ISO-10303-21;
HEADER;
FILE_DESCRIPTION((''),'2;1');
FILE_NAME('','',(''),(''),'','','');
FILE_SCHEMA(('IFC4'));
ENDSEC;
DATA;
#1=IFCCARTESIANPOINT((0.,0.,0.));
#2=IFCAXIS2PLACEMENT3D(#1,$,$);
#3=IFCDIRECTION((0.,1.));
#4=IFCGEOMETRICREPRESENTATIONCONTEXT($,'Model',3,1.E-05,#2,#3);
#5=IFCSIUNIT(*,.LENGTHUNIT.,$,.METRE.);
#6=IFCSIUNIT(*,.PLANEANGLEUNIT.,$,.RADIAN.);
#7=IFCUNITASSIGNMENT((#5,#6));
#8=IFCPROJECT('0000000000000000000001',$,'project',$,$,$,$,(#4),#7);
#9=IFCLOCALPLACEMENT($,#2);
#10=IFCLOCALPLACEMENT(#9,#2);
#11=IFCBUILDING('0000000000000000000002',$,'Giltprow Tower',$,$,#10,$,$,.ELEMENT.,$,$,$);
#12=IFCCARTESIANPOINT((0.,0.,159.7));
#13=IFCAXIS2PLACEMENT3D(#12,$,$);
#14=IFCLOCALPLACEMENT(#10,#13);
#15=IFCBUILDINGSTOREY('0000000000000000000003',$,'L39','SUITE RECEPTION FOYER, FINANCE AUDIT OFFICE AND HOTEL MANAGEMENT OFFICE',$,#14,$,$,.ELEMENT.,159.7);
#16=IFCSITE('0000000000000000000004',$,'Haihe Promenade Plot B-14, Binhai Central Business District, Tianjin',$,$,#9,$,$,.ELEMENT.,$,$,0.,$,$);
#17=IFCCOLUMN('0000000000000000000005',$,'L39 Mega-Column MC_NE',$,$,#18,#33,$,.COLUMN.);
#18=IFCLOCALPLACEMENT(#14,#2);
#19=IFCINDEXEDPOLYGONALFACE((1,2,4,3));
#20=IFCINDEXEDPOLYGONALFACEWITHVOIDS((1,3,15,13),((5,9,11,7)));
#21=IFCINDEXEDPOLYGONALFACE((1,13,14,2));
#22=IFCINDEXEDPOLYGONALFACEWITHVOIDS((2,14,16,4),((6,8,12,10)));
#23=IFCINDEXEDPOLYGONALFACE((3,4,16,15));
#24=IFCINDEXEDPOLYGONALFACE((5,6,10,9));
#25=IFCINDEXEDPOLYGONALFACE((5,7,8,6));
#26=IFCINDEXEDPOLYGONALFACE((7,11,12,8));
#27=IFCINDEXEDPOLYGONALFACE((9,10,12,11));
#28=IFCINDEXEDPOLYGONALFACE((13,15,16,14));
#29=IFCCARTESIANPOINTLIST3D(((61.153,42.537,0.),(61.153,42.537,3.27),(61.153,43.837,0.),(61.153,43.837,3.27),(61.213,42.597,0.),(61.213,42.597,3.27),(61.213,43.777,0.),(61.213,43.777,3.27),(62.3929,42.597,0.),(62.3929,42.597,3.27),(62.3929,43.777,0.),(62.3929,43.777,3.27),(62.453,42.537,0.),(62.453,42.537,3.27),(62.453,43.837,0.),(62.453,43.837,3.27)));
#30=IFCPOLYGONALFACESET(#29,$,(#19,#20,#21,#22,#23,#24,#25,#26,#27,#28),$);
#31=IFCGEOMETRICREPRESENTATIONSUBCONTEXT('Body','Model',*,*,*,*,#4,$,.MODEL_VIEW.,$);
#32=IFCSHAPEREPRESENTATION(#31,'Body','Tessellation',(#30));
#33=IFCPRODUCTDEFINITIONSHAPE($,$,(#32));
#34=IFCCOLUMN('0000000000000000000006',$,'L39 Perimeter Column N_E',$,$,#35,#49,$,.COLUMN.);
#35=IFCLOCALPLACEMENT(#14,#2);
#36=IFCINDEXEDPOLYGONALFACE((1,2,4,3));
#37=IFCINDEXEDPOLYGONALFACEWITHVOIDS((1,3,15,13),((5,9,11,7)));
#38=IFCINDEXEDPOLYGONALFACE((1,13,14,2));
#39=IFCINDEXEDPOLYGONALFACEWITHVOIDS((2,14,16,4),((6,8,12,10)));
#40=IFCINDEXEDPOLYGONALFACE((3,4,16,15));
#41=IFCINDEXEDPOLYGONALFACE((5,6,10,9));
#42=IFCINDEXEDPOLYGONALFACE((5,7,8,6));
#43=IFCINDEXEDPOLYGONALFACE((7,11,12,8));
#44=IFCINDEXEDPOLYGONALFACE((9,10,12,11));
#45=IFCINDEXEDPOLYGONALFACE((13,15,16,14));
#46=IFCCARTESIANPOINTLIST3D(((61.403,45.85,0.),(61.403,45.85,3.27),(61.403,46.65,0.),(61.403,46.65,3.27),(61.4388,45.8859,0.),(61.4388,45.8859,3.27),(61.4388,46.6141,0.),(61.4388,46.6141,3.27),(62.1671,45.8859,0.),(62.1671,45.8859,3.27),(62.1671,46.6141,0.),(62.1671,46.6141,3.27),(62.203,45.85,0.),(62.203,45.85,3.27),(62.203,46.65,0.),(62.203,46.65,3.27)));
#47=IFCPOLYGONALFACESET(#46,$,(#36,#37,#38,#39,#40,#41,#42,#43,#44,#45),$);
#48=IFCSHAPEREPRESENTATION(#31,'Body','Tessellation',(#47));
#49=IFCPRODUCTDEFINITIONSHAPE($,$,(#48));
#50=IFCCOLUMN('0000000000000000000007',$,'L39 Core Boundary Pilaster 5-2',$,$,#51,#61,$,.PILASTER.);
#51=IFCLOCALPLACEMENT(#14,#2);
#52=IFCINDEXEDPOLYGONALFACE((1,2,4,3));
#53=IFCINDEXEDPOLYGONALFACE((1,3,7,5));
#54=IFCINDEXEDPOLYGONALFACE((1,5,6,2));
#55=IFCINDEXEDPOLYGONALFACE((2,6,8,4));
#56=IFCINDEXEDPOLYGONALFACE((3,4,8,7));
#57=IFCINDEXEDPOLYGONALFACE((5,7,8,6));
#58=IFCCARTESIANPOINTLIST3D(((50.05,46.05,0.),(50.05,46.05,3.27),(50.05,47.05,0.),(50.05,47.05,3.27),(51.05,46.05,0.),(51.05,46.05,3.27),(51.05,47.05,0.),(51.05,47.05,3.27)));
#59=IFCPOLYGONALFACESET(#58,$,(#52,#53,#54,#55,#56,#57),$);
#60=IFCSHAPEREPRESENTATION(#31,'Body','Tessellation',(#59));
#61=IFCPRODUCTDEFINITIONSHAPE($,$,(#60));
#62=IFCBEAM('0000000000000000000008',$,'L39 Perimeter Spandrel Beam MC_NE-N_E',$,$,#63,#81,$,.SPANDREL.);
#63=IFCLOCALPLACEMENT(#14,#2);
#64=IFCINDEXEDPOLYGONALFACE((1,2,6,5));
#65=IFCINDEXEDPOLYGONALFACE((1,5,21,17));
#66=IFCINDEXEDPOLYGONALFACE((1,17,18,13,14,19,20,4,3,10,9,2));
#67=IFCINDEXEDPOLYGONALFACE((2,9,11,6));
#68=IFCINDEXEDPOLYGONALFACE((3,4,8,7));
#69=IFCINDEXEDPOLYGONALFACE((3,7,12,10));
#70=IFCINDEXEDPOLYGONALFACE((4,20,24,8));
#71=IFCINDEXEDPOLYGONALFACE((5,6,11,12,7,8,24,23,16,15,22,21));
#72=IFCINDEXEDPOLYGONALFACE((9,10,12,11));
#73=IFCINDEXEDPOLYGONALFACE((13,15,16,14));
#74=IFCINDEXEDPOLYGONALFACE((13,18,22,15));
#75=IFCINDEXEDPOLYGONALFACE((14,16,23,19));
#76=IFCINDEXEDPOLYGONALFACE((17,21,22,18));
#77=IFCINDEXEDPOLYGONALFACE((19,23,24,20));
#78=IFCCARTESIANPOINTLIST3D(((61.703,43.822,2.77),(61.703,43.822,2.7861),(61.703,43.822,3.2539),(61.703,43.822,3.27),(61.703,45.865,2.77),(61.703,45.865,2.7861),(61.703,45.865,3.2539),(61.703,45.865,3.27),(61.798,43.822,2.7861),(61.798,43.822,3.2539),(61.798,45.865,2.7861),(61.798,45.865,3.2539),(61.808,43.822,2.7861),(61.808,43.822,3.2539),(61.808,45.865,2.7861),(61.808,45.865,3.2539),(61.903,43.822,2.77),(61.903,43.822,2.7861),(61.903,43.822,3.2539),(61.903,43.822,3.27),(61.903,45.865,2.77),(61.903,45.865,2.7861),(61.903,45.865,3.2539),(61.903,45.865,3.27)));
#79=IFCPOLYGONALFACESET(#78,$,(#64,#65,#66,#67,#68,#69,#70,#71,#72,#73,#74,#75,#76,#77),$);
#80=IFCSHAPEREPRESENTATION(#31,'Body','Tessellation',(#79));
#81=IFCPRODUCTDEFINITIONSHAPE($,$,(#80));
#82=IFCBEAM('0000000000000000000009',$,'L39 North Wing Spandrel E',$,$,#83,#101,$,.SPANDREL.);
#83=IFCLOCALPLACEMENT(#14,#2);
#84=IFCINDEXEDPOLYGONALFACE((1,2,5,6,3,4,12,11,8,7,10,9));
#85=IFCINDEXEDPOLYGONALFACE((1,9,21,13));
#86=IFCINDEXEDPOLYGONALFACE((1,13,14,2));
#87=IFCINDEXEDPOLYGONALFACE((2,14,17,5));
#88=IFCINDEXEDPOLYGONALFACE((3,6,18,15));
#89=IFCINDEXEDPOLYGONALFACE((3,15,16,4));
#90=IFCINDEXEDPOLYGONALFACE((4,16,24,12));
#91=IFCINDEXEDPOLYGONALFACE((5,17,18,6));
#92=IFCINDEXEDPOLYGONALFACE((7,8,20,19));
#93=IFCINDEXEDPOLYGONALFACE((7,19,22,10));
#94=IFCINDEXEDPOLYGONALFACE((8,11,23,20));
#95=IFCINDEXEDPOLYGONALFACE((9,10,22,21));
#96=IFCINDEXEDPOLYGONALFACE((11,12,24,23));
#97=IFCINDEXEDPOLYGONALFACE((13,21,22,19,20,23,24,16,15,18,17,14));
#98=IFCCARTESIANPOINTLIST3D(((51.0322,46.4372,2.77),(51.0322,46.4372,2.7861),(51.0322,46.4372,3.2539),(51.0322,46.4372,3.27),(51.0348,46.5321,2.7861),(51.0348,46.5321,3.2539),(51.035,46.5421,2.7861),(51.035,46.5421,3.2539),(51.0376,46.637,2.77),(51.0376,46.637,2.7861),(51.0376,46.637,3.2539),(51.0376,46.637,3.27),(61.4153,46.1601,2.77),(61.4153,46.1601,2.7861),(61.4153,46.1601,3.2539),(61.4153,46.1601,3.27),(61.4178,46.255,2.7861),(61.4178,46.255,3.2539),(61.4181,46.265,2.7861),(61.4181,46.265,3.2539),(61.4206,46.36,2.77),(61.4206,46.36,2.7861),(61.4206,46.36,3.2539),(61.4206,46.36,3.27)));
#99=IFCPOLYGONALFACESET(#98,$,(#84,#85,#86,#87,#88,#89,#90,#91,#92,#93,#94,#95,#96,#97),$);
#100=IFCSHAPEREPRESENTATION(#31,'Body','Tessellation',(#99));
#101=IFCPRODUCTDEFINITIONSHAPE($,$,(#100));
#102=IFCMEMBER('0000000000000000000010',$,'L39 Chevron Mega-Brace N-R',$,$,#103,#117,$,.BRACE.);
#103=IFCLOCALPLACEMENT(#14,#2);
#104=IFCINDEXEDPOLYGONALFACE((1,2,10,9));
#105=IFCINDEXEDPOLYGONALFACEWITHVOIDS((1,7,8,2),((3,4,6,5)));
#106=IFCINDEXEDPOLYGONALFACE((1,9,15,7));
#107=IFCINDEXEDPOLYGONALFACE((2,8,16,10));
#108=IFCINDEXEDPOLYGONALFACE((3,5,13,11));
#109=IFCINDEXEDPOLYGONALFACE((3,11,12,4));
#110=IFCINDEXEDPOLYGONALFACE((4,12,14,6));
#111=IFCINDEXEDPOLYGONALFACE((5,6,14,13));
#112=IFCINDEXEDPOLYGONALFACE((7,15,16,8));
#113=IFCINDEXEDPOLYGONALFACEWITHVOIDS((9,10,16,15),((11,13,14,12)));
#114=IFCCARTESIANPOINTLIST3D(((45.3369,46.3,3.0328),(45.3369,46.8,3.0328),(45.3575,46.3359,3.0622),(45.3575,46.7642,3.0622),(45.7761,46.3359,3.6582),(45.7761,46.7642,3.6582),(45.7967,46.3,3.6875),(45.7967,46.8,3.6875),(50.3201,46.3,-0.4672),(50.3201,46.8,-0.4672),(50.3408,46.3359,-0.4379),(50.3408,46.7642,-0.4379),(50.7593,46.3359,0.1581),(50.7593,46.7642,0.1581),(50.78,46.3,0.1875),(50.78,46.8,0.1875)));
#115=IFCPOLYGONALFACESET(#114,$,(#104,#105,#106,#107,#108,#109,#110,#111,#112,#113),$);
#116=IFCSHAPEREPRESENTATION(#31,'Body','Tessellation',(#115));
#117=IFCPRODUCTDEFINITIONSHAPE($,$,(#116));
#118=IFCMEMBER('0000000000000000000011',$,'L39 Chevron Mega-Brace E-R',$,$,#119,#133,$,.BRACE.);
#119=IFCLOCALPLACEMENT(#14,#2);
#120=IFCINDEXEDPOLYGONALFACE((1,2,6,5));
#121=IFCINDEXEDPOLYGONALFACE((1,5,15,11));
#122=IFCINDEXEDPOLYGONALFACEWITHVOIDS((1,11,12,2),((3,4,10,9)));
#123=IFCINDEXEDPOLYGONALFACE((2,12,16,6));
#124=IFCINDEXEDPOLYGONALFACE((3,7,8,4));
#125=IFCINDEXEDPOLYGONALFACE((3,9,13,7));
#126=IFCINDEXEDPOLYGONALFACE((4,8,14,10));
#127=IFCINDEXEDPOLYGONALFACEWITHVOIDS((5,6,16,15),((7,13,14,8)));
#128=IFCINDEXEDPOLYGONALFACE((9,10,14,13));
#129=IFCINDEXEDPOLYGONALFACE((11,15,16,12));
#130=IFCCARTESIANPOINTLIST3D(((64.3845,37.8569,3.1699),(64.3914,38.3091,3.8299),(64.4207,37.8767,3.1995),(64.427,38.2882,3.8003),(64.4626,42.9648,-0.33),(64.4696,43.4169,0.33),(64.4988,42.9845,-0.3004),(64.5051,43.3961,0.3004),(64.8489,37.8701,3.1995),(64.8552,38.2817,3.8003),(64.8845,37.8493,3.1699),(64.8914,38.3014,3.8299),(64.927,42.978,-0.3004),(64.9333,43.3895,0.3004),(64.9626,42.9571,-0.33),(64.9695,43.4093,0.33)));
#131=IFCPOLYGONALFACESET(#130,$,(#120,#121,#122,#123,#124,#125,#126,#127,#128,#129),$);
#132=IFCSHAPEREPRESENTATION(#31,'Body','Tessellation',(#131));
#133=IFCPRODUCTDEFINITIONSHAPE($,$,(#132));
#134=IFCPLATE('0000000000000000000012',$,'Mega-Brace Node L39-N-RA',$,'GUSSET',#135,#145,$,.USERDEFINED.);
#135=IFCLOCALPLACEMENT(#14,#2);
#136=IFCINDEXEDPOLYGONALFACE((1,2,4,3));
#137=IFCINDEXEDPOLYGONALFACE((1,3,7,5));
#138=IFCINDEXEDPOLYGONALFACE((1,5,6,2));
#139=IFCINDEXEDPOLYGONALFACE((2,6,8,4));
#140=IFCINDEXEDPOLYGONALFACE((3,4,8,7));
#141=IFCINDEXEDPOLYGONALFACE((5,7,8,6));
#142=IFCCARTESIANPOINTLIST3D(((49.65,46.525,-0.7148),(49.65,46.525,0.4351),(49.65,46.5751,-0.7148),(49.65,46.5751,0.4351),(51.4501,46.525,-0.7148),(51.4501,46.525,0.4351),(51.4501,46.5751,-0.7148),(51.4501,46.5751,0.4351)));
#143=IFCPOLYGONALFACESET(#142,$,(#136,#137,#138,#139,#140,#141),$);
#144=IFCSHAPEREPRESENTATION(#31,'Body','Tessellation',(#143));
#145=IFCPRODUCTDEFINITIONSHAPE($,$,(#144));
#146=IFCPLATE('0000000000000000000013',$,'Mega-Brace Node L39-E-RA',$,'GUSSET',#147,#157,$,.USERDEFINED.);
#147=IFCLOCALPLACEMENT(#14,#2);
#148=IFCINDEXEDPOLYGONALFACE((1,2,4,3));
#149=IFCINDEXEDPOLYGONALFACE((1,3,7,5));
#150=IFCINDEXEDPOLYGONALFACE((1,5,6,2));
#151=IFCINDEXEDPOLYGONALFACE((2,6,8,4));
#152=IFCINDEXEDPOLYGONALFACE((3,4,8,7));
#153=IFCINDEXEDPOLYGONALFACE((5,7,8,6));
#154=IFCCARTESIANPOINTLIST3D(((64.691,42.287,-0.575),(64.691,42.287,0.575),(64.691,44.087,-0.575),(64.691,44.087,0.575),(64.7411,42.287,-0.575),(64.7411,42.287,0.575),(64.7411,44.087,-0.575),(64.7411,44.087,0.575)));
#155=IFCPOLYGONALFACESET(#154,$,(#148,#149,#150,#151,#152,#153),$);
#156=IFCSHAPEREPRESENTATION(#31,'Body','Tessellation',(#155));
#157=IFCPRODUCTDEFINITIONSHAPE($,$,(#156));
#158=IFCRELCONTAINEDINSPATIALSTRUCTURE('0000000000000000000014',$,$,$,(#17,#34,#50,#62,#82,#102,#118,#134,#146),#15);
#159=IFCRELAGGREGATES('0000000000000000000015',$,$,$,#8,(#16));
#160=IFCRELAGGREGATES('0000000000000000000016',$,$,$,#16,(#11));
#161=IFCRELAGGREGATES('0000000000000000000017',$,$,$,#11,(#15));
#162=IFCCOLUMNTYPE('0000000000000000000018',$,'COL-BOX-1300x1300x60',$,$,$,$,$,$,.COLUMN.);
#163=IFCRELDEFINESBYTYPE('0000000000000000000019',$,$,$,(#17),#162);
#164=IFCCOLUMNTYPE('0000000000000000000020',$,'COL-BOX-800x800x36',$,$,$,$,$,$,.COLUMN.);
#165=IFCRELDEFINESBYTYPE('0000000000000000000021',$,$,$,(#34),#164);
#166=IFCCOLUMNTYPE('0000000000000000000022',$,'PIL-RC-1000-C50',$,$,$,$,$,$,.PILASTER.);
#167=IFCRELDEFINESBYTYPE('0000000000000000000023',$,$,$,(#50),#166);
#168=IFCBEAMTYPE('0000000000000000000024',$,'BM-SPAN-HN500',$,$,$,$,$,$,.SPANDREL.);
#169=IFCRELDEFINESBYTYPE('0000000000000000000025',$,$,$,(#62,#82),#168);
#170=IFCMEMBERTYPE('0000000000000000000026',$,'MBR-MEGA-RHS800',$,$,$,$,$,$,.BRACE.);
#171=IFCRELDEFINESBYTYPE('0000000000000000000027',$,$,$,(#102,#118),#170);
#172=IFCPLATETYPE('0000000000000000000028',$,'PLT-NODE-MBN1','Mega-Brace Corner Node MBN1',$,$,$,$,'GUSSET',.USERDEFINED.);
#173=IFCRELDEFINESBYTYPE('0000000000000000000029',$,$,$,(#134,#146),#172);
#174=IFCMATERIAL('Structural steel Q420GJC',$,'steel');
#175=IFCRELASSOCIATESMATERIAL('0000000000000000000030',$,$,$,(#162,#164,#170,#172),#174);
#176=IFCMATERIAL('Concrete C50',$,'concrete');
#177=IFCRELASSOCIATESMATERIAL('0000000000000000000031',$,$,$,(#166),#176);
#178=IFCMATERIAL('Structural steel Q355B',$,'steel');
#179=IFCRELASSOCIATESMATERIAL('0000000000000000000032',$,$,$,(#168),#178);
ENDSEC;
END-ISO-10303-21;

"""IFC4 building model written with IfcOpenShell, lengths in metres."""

from ifc_helpers import new_model, si_unit, direction, frame, origin, origin_2d, place, context, subcontext, project, spatial, rectangle, hollow_rectangle, i_section, extrude, source, transform, mapped, material, material_profile, profile_set, type_object, element, save


model = new_model("IFC4")

# Units and contexts
model_context = context("Model", 3, precision=1e-05, world=origin(), true_north=direction((0.0, 1.0)))
body_context = subcontext(model_context, "Body", "Model", "MODEL_VIEW")
ifc_project = project(units=[si_unit("LENGTHUNIT", "METRE"), si_unit("PLANEANGLEUNIT", "RADIAN")], contexts=[model_context])

# Site, building, storey
site_placement = place(None, origin())
site = spatial("IfcSite", under=ifc_project, at=site_placement, Name="Haihe Promenade Plot B-14, Binhai Central Business District, Tianjin", CompositionType="ELEMENT", RefElevation=0.0)
building_placement = place(site_placement, origin())
building = spatial("IfcBuilding", under=site, at=building_placement, Name="Giltprow Tower", CompositionType="ELEMENT")
storey_placement = place(building_placement, frame((0.0, 0.0, 159.7)))
storey = spatial("IfcBuildingStorey", under=building, at=storey_placement, Name="L39", Description="SUITE RECEPTION FOYER, FINANCE AUDIT OFFICE AND HOTEL MANAGEMENT OFFICE", CompositionType="ELEMENT", Elevation=159.7)

# Columns
ifc_material_1 = material(Name="Structural steel Q420GJC", Category="steel")
ifc_material_profile_1 = material_profile(ifc_material_1, hollow_rectangle(XDim=1.3, YDim=1.3, WallThickness=0.0601, at=origin_2d()), Name="BOX 1300x1300x60")
ifc_profile_set_1 = profile_set([ifc_material_profile_1], Name="Structural steel Q420GJC")
column_type_1 = type_object("IfcColumnType", Name="COL-BOX-1300x1300x60", PredefinedType="COLUMN", material=ifc_profile_set_1)
shared_shape_1 = source(origin(), body_context, "Body", "SweptSolid", [
    extrude(hollow_rectangle(XDim=1.3, YDim=1.3, WallThickness=0.0601, at=origin_2d()), origin(), (0.0, 0.0, 1.0), 3.27),
])
column_1_placement = place(storey_placement, frame((61.803, 43.187, 0.0), z_axis=(0.0, 0.0, 1.0), x_axis=(1.0, 0.0, 0.0)))
element("IfcColumn", 1, at=column_1_placement, inside=storey, type_object=column_type_1, Name="L39 Mega-Column MC_NE", PredefinedType="COLUMN", context=body_context, shape_type="MappedRepresentation", body=[
    mapped(shared_shape_1, transform((0.0, 0.0, 0.0), x_axis=(1.0, 0.0, 0.0), y_axis=(0.0, 1.0, 0.0), z_axis=(0.0, 0.0, 1.0), scale=1.0)),
])
ifc_material_profile_2 = material_profile(ifc_material_1, hollow_rectangle(XDim=0.8, YDim=0.8, WallThickness=0.0359, at=origin_2d()), Name="BOX 800x800x36")
ifc_profile_set_2 = profile_set([ifc_material_profile_2], Name="Structural steel Q420GJC")
column_type_2 = type_object("IfcColumnType", Name="COL-BOX-800x800x36", PredefinedType="COLUMN", material=ifc_profile_set_2)
shared_shape_2 = source(origin(), body_context, "Body", "SweptSolid", [
    extrude(hollow_rectangle(XDim=0.8, YDim=0.8, WallThickness=0.0359, at=origin_2d()), origin(), (0.0, 0.0, 1.0), 3.27),
])
column_2_placement = place(storey_placement, frame((61.803, 46.25, 0.0), z_axis=(0.0, 0.0, 1.0), x_axis=(1.0, 0.0, 0.0)))
element("IfcColumn", 2, at=column_2_placement, inside=storey, type_object=column_type_2, Name="L39 Perimeter Column N_E", PredefinedType="COLUMN", context=body_context, shape_type="MappedRepresentation", body=[
    mapped(shared_shape_2, transform((0.0, 0.0, 0.0), x_axis=(1.0, 0.0, 0.0), y_axis=(0.0, 1.0, 0.0), z_axis=(0.0, 0.0, 1.0), scale=1.0)),
])
ifc_material_2 = material(Name="Concrete C50", Category="concrete")
ifc_material_profile_3 = material_profile(ifc_material_2, rectangle(XDim=1.0, YDim=1.0, at=origin_2d()), Name="RC 1000x1000")
ifc_profile_set_3 = profile_set([ifc_material_profile_3], Name="Concrete C50")
column_type_3 = type_object("IfcColumnType", Name="PIL-RC-1000-C50", PredefinedType="PILASTER", material=ifc_profile_set_3)
shared_shape_3 = source(origin(), body_context, "Body", "SweptSolid", [
    extrude(rectangle(XDim=1.0, YDim=1.0, at=origin_2d()), origin(), (0.0, 0.0, 1.0), 3.27),
])
column_3_placement = place(storey_placement, frame((50.55, 46.55, 0.0), z_axis=(0.0, 0.0, 1.0), x_axis=(1.0, 0.0, 0.0)))
element("IfcColumn", 3, at=column_3_placement, inside=storey, type_object=column_type_3, Name="L39 Core Boundary Pilaster 5-2", PredefinedType="PILASTER", context=body_context, shape_type="MappedRepresentation", body=[
    mapped(shared_shape_3, transform((0.0, 0.0, 0.0), x_axis=(1.0, 0.0, 0.0), y_axis=(0.0, 1.0, 0.0), z_axis=(0.0, 0.0, 1.0), scale=1.0)),
])

# Beams
ifc_material_3 = material(Name="Structural steel Q355B", Category="steel")
ifc_material_profile_4 = material_profile(ifc_material_3, i_section(OverallWidth=0.2, OverallDepth=0.5, WebThickness=0.01, FlangeThickness=0.0161, at=origin_2d()), Name="HN 500x200x10x16")
ifc_profile_set_4 = profile_set([ifc_material_profile_4], Name="Structural steel Q355B")
beam_type = type_object("IfcBeamType", Name="BM-SPAN-HN500", PredefinedType="SPANDREL", material=ifc_profile_set_4)
shared_shape_4 = source(origin(), body_context, "Body", "SweptSolid", [
    extrude(i_section(OverallWidth=0.2, OverallDepth=0.5, WebThickness=0.01, FlangeThickness=0.0161, at=origin_2d()), origin(), (0.0, 0.0, 1.0), 2.043),
])
beam_1_placement = place(storey_placement, frame((61.803, 43.822, 3.02), z_axis=(0.0, 1.0, 0.0), x_axis=(-1.0, 0.0, 0.0)))
element("IfcBeam", 4, at=beam_1_placement, inside=storey, type_object=beam_type, Name="L39 Perimeter Spandrel Beam MC_NE-N_E", PredefinedType="SPANDREL", context=body_context, shape_type="MappedRepresentation", body=[
    mapped(shared_shape_4, transform((0.0, 0.0, 0.0), x_axis=(1.0, 0.0, 0.0), y_axis=(0.0, 1.0, 0.0), z_axis=(0.0, 0.0, 1.0), scale=1.0)),
])
shared_shape_5 = source(origin(), body_context, "Body", "SweptSolid", [
    extrude(i_section(OverallWidth=0.2, OverallDepth=0.5, WebThickness=0.01, FlangeThickness=0.0161, at=origin_2d()), origin(), (0.0, 0.0, 1.0), 10.3867),
])
beam_2_placement = place(storey_placement, frame((51.0349, 46.5371, 3.02), z_axis=(0.999644, -0.026678, 0.0), x_axis=(0.026678, 0.999644, 0.0)))
element("IfcBeam", 5, at=beam_2_placement, inside=storey, type_object=beam_type, Name="L39 North Wing Spandrel E", PredefinedType="SPANDREL", context=body_context, shape_type="MappedRepresentation", body=[
    mapped(shared_shape_5, transform((0.0, 0.0, 0.0), x_axis=(1.0, 0.0, 0.0), y_axis=(0.0, 1.0, 0.0), z_axis=(0.0, 0.0, 1.0), scale=1.0)),
])

# Members
ifc_material_profile_5 = material_profile(ifc_material_1, hollow_rectangle(XDim=0.5, YDim=0.8, WallThickness=0.0359, at=origin_2d()), Name="RHS 800x500x36")
ifc_profile_set_5 = profile_set([ifc_material_profile_5], Name="Structural steel Q420GJC")
member_type = type_object("IfcMemberType", Name="MBR-MEGA-RHS800", PredefinedType="BRACE", material=ifc_profile_set_5)
shared_shape_6 = source(origin(), body_context, "Body", "SweptSolid", [
    extrude(hollow_rectangle(XDim=0.5, YDim=0.8, WallThickness=0.0359, at=origin_2d()), origin(), (0.0, 0.0, 1.0), 6.0896),
])
member_1_placement = place(storey_placement, frame((50.55, 46.55, -0.1399), z_axis=(-0.818321, 0.0, 0.574761), x_axis=(0.0, -1.0, 0.0)))
element("IfcMember", 6, at=member_1_placement, inside=storey, type_object=member_type, Name="L39 Chevron Mega-Brace N-R", PredefinedType="BRACE", context=body_context, shape_type="MappedRepresentation", body=[
    mapped(shared_shape_6, transform((0.0, 0.0, 0.0), x_axis=(1.0, 0.0, 0.0), y_axis=(0.0, 1.0, 0.0), z_axis=(0.0, 0.0, 1.0), scale=1.0)),
])
shared_shape_7 = source(origin(), body_context, "Body", "SweptSolid", [
    extrude(hollow_rectangle(XDim=0.5, YDim=0.8, WallThickness=0.0359, at=origin_2d()), origin(), (0.0, 0.0, 1.0), 6.1924),
])
member_2_placement = place(storey_placement, frame((64.7161, 43.187, 0.0), z_axis=(-0.012616, -0.824857, 0.565201), x_axis=(0.999883, -0.015293, 0.0)))
element("IfcMember", 7, at=member_2_placement, inside=storey, type_object=member_type, Name="L39 Chevron Mega-Brace E-R", PredefinedType="BRACE", context=body_context, shape_type="MappedRepresentation", body=[
    mapped(shared_shape_7, transform((0.0, 0.0, 0.0), x_axis=(1.0, 0.0, 0.0), y_axis=(0.0, 1.0, 0.0), z_axis=(0.0, 0.0, 1.0), scale=1.0)),
])

# Plates
plate_type = type_object("IfcPlateType", Name="PLT-NODE-MBN1", Description="Mega-Brace Corner Node MBN1", ElementType="GUSSET", PredefinedType="USERDEFINED", material=ifc_material_1)
shared_shape_8 = source(origin(), body_context, "Body", "SweptSolid", [
    extrude(rectangle(XDim=1.8, YDim=0.05, at=origin_2d()), origin(), (0.0, 0.0, 1.0), 1.1499),
])
for number, where, z_axis, x_axis, name in (
    (8, (50.55, 46.55, -0.7148), (0.0, 0.0, 1.0), (1.0, 0.0, 0.0), "Mega-Brace Node L39-N-RA"),
    (9, (64.7161, 43.187, -0.575), (0.0, 0.0, 1.0), (0.0, 1.0, 0.0), "Mega-Brace Node L39-E-RA"),
):
    element("IfcPlate", number, at=place(storey_placement, frame(where, z_axis=z_axis, x_axis=x_axis)), inside=storey, type_object=plate_type, Name=name, ObjectType="GUSSET", PredefinedType="USERDEFINED", context=body_context, shape_type="MappedRepresentation", body=[
        mapped(shared_shape_8, transform((0.0, 0.0, 0.0), x_axis=(1.0, 0.0, 0.0), y_axis=(0.0, 1.0, 0.0), z_axis=(0.0, 0.0, 1.0), scale=1.0)),
    ])

save(model, "model.ifc")
